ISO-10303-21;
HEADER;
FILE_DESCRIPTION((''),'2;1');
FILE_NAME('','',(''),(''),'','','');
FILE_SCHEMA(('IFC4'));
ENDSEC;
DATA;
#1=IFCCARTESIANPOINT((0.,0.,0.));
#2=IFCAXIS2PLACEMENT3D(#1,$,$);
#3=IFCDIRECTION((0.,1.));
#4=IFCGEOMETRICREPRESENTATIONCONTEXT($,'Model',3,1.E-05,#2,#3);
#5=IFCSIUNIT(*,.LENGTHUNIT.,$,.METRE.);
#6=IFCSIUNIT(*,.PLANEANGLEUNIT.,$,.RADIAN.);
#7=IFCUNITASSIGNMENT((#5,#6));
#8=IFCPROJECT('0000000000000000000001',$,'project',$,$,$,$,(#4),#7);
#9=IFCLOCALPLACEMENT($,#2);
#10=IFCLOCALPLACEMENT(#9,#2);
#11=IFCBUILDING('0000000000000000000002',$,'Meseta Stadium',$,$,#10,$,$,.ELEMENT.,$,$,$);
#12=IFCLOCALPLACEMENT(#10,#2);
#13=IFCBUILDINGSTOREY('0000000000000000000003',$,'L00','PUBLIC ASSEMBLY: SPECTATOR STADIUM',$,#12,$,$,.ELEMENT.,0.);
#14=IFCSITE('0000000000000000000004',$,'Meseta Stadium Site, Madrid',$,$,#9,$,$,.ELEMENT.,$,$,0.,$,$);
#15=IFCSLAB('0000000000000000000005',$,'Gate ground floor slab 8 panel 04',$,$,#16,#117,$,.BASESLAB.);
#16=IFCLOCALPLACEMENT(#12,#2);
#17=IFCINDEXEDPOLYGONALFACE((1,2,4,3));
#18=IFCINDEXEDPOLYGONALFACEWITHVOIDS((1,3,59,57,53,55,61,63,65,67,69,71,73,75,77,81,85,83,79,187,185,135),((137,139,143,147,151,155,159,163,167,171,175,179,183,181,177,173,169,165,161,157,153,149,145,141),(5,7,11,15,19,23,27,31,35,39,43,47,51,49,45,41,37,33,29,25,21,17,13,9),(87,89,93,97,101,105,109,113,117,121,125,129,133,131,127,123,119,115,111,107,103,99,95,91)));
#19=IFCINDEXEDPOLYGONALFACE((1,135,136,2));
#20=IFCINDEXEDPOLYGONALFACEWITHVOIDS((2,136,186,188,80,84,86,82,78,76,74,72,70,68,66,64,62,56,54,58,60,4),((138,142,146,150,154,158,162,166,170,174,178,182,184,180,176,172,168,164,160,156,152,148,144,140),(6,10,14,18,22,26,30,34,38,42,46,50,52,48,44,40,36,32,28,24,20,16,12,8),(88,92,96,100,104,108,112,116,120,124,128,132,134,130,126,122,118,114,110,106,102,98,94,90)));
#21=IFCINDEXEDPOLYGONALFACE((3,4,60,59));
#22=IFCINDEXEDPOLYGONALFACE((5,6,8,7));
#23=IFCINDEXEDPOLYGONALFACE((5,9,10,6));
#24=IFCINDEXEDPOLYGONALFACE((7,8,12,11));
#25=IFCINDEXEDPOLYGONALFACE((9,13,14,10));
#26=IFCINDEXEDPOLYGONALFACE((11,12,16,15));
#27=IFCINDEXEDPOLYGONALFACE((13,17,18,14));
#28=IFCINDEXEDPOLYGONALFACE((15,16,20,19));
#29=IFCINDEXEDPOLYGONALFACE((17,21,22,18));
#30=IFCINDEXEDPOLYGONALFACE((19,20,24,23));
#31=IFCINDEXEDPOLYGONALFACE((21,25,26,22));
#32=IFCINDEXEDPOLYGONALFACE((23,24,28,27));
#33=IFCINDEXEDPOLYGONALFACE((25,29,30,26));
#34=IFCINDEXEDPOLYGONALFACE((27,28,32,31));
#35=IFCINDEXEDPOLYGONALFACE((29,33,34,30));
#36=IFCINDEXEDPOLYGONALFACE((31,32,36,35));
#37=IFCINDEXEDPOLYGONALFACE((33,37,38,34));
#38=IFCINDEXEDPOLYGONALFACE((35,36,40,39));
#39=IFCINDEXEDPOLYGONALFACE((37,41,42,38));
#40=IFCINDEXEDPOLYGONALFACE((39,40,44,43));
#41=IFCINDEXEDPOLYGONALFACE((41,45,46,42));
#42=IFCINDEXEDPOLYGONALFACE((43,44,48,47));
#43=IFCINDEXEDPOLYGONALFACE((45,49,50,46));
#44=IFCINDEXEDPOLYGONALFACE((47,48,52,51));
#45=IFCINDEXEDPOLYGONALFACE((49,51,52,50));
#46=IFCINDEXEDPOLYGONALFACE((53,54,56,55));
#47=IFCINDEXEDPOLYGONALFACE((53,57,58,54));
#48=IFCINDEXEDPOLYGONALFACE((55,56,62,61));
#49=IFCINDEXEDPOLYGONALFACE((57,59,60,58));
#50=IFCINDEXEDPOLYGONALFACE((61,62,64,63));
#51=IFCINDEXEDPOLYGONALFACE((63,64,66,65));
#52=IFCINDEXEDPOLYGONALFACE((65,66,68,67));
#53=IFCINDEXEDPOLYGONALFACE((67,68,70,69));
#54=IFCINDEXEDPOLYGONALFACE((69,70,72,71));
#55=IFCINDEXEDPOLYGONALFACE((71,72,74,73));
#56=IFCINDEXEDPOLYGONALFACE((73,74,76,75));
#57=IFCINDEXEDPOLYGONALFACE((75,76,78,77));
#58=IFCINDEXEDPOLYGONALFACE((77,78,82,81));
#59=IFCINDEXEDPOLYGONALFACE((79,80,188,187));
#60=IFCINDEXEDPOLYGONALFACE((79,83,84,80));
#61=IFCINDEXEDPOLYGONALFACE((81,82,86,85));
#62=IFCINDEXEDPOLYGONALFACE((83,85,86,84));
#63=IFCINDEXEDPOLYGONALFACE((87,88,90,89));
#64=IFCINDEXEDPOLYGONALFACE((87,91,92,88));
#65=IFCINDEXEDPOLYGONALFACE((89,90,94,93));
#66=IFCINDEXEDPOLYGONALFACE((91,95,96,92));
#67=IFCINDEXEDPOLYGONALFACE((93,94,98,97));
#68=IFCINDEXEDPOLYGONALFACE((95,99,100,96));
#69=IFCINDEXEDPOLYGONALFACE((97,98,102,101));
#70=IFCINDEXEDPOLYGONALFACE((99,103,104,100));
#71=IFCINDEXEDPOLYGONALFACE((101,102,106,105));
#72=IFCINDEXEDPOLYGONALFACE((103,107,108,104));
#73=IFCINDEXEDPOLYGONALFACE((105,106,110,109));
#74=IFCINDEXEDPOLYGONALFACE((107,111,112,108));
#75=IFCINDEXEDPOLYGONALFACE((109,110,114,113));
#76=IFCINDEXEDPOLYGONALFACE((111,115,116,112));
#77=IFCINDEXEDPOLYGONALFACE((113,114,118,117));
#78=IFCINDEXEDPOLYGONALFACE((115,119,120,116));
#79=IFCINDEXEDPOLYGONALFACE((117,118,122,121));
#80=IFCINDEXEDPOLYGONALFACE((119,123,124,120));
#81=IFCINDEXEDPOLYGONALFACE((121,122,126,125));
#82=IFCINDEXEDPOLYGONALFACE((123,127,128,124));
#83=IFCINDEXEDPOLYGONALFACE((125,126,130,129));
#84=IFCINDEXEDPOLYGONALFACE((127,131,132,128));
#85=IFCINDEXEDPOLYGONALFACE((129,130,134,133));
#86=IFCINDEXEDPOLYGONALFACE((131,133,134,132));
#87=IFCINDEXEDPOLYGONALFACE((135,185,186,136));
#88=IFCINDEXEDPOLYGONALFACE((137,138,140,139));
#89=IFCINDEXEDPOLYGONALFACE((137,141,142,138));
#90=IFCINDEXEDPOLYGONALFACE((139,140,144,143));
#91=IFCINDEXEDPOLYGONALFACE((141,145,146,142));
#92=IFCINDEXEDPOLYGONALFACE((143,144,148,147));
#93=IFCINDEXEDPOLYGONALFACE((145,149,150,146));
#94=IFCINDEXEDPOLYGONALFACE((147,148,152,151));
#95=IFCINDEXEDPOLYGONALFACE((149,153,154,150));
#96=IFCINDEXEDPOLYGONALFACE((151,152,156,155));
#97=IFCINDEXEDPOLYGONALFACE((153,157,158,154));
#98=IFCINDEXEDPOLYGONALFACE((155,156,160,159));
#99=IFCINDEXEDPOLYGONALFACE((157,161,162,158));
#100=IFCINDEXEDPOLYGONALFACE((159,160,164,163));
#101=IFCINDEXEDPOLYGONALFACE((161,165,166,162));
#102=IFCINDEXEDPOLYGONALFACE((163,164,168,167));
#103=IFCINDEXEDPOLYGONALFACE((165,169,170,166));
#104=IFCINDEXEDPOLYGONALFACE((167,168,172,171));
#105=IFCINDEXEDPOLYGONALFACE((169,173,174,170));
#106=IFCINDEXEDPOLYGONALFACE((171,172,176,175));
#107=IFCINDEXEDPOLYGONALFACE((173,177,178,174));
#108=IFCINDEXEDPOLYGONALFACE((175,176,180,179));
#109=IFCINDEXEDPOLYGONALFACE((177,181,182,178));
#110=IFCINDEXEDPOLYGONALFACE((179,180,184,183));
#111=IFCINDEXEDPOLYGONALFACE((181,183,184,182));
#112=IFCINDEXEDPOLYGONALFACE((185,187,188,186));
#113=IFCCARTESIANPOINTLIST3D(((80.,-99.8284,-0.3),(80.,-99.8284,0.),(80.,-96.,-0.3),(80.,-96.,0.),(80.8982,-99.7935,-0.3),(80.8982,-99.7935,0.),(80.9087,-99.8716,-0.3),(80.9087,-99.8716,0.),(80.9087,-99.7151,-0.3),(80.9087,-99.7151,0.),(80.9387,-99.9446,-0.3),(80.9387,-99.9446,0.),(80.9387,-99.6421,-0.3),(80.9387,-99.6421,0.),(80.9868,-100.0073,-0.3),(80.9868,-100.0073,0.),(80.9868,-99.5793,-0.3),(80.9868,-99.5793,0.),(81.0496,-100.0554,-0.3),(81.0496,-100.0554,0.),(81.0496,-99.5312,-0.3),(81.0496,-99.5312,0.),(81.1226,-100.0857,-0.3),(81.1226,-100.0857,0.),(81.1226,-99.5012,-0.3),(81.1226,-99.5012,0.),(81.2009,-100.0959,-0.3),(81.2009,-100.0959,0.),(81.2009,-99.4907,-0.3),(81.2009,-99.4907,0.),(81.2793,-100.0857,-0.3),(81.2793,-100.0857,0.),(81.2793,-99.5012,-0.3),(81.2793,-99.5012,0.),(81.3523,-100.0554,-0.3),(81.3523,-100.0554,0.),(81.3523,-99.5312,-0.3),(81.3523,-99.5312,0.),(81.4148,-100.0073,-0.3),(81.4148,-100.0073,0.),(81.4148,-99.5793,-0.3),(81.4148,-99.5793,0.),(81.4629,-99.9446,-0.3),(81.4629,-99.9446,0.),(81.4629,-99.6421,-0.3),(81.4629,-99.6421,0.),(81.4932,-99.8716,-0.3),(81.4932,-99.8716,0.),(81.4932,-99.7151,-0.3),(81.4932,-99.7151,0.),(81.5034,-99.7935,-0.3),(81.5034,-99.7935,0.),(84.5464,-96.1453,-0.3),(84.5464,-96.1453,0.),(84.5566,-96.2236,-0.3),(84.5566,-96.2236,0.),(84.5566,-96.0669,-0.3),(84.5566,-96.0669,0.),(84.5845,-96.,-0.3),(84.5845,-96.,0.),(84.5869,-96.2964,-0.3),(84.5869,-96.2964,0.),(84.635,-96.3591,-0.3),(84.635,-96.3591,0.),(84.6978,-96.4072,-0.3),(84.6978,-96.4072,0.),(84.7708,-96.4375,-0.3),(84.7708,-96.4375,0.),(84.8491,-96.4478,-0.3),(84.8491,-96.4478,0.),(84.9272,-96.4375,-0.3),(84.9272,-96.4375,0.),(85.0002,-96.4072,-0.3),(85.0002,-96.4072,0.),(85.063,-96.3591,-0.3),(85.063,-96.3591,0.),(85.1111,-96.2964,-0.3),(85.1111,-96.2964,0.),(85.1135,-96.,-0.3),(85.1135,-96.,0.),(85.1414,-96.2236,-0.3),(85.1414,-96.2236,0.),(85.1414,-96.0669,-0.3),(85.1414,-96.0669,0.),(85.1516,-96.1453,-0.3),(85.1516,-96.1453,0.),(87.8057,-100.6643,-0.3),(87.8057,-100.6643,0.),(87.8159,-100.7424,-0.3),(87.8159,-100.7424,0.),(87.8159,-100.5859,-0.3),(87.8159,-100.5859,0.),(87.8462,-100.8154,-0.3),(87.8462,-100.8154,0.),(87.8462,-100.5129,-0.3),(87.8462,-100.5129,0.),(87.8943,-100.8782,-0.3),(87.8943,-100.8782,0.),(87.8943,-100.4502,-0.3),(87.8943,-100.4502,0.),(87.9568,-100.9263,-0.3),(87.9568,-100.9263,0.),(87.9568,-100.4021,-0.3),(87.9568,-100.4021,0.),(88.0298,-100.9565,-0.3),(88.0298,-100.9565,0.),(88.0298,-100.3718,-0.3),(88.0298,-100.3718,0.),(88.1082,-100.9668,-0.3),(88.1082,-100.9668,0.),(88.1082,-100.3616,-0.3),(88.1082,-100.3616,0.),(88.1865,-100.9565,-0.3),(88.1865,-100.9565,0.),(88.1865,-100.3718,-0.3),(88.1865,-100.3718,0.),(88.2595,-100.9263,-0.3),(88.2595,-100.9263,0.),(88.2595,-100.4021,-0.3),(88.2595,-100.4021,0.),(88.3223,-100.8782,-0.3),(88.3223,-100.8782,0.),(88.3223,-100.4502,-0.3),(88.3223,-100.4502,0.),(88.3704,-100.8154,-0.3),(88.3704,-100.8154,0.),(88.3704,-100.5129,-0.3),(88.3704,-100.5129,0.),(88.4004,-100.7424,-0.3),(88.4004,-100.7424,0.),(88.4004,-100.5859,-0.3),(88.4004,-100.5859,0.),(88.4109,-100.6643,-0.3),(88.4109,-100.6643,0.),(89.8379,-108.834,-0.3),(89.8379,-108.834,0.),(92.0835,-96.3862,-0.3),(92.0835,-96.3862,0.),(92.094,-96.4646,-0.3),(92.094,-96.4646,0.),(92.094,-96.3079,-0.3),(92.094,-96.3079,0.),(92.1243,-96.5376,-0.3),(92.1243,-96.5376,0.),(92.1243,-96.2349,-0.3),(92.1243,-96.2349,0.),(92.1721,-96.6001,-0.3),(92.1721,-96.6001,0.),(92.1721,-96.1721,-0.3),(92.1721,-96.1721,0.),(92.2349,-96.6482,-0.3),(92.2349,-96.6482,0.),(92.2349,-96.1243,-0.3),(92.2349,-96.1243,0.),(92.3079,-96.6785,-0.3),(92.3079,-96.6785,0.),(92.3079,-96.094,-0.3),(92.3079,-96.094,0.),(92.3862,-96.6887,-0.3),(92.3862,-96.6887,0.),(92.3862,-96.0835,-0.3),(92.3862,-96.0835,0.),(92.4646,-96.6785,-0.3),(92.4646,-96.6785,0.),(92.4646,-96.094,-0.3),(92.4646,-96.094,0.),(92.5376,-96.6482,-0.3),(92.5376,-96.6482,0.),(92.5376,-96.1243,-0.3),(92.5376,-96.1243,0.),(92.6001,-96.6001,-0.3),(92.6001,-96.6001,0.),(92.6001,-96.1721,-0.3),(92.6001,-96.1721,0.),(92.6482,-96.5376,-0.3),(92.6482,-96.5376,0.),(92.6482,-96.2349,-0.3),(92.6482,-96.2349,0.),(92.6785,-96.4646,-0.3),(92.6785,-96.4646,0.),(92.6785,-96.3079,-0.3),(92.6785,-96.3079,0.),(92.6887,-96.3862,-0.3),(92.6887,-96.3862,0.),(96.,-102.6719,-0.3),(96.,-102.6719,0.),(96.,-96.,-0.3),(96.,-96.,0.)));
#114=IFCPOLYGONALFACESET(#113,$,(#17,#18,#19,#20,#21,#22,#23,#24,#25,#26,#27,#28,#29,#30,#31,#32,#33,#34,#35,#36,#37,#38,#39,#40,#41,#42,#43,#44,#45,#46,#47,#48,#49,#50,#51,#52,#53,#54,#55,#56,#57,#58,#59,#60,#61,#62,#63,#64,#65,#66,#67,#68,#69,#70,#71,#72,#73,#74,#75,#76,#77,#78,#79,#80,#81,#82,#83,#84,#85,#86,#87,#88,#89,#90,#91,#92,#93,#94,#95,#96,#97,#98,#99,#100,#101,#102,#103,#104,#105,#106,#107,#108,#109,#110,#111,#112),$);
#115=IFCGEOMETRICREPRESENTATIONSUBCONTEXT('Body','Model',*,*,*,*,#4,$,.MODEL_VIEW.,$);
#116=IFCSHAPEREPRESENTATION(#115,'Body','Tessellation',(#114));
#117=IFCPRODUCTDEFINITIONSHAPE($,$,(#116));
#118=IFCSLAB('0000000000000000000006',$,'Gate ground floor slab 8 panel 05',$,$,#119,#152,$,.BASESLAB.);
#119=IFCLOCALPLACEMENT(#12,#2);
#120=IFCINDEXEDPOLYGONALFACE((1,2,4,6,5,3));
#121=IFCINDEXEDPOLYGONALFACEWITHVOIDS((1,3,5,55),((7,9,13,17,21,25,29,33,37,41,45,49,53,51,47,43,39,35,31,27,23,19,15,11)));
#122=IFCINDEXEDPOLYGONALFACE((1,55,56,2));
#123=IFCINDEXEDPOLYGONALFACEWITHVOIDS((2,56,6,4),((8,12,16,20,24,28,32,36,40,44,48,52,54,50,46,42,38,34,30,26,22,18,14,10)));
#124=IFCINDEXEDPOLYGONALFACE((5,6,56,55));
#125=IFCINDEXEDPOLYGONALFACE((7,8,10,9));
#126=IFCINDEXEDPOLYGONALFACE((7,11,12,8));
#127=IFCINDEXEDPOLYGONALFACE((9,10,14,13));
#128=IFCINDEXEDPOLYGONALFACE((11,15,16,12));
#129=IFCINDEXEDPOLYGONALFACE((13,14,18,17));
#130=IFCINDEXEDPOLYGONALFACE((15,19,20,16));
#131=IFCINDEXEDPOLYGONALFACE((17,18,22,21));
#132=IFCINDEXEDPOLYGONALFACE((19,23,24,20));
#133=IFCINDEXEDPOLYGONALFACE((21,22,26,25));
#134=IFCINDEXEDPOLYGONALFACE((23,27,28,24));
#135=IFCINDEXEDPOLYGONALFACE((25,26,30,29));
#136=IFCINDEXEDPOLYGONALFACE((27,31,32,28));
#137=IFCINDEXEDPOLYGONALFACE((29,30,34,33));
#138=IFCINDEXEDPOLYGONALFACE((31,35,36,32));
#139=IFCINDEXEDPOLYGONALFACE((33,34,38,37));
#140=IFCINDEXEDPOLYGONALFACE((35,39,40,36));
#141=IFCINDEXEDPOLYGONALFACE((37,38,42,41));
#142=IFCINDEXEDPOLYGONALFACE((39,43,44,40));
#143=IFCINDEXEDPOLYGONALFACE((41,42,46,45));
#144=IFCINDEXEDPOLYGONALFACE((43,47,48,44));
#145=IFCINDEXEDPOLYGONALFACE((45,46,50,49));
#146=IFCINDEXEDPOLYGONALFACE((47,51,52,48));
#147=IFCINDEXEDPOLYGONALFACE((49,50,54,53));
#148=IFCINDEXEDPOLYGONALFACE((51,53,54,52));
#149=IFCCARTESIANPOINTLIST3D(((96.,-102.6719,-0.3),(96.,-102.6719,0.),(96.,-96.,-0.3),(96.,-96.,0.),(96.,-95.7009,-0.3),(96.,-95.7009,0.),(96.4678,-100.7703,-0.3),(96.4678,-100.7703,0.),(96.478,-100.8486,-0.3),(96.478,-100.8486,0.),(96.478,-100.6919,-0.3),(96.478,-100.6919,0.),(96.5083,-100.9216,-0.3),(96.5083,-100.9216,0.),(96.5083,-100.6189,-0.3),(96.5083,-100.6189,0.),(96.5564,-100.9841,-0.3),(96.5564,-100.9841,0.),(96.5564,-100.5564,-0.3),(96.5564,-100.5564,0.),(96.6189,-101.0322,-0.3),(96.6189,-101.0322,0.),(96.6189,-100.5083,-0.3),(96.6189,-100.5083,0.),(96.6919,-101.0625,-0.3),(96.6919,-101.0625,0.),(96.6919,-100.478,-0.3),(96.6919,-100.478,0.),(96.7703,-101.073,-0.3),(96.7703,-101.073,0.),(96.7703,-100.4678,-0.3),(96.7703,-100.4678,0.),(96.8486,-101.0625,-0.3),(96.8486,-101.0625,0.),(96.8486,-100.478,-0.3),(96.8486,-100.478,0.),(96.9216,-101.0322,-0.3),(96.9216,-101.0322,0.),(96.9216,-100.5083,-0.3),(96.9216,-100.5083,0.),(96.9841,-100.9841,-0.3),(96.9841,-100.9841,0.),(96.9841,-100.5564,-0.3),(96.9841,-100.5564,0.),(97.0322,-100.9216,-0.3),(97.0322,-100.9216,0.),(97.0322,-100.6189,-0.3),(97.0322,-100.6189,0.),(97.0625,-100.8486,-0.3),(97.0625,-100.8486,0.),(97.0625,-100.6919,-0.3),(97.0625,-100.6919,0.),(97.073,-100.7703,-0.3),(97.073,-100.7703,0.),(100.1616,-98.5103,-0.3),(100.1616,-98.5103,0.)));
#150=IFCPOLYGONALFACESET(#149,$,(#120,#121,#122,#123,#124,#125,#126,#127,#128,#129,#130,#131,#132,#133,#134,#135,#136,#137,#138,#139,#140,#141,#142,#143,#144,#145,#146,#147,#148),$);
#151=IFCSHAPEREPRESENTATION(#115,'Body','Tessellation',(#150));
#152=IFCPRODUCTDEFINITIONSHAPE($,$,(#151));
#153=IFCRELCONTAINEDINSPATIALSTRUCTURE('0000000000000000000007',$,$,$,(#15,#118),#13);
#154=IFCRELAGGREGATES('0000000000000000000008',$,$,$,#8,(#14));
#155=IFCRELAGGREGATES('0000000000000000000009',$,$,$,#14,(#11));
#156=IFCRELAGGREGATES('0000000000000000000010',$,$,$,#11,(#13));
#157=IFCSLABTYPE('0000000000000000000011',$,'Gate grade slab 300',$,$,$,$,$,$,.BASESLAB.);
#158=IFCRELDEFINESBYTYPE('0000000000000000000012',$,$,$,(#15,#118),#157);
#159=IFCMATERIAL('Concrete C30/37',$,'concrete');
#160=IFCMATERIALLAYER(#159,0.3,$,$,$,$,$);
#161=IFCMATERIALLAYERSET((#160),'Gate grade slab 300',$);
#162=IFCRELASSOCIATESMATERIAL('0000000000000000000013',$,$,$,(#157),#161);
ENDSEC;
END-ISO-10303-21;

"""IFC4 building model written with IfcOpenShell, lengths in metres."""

from ifc_helpers import new_model, si_unit, direction, frame, origin, place, context, subcontext, project, spatial, polyline, outline, extrude, material, layer, layer_set, type_object, element, save


model = new_model("IFC4")

# Units and contexts
model_context = context("Model", 3, precision=1e-05, world=origin(), true_north=direction((0.0, 1.0)))
body_context = subcontext(model_context, "Body", "Model", "MODEL_VIEW")
ifc_project = project(units=[si_unit("LENGTHUNIT", "METRE"), si_unit("PLANEANGLEUNIT", "RADIAN")], contexts=[model_context])

# Site, building, storey
site_placement = place(None, origin())
site = spatial("IfcSite", under=ifc_project, at=site_placement, Name="Meseta Stadium Site, Madrid", CompositionType="ELEMENT", RefElevation=0.0)
building_placement = place(site_placement, origin())
building = spatial("IfcBuilding", under=site, at=building_placement, Name="Meseta Stadium", CompositionType="ELEMENT")
storey_placement = place(building_placement, origin())
storey = spatial("IfcBuildingStorey", under=building, at=storey_placement, Name="L00", Description="PUBLIC ASSEMBLY: SPECTATOR STADIUM", CompositionType="ELEMENT", Elevation=0.0)

# Slabs
ifc_material_1 = material(Name="Concrete C30/37", Category="concrete")
ifc_layer_1 = layer(ifc_material_1, 0.3)
ifc_layer_set_1 = layer_set([ifc_layer_1], Name="Gate grade slab 300")
slab_type_1 = type_object("IfcSlabType", Name="Gate grade slab 300", PredefinedType="BASESLAB", material=ifc_layer_set_1)
slab_1_placement = place(storey_placement, frame((0.0, 0.0, -0.3)))
element("IfcSlab", 1, at=slab_1_placement, inside=storey, type_object=slab_type_1, Name="Gate ground floor slab 8 panel 04", PredefinedType="BASESLAB", context=body_context, shape_type="SweptSolid", body=[
    extrude(outline(polyline([(80.0, -99.8284), (89.8379, -108.834), (96.0, -102.6719), (96.0, -96.0), (85.1135, -96.0), (85.1414, -96.0669), (85.1516, -96.1453), (85.1414, -96.2236), (85.1111, -96.2964), (85.063, -96.3591), (85.0002, -96.4072), (84.9272, -96.4375), (84.8491, -96.4478), (84.7708, -96.4375), (84.6978, -96.4072), (84.635, -96.3591), (84.5869, -96.2964), (84.5566, -96.2236), (84.5464, -96.1453), (84.5566, -96.0669), (84.5845, -96.0), (80.0, -96.0), (80.0, -99.8284)]), holes=[polyline([(88.3223, -100.8782), (88.2595, -100.9263), (88.1865, -100.9565), (88.1082, -100.9668), (88.0298, -100.9565), (87.9568, -100.9263), (87.8943, -100.8782), (87.8462, -100.8154), (87.8159, -100.7424), (87.8057, -100.6643), (87.8159, -100.5859), (87.8462, -100.5129), (87.8943, -100.4502), (87.9568, -100.4021), (88.0298, -100.3718), (88.1082, -100.3616), (88.1865, -100.3718), (88.2595, -100.4021), (88.3223, -100.4502), (88.3704, -100.5129), (88.4004, -100.5859), (88.4109, -100.6643), (88.4004, -100.7424), (88.3704, -100.8154), (88.3223, -100.8782)]), polyline([(81.4629, -99.9446), (81.4148, -100.0073), (81.3523, -100.0554), (81.2793, -100.0857), (81.2009, -100.0959), (81.1226, -100.0857), (81.0496, -100.0554), (80.9868, -100.0073), (80.9387, -99.9446), (80.9087, -99.8716), (80.8982, -99.7935), (80.9087, -99.7151), (80.9387, -99.6421), (80.9868, -99.5793), (81.0496, -99.5312), (81.1226, -99.5012), (81.2009, -99.4907), (81.2793, -99.5012), (81.3523, -99.5312), (81.4148, -99.5793), (81.4629, -99.6421), (81.4932, -99.7151), (81.5034, -99.7935), (81.4932, -99.8716), (81.4629, -99.9446)]), polyline([(92.6001, -96.6001), (92.5376, -96.6482), (92.4646, -96.6785), (92.3862, -96.6887), (92.3079, -96.6785), (92.2349, -96.6482), (92.1721, -96.6001), (92.1243, -96.5376), (92.094, -96.4646), (92.0835, -96.3862), (92.094, -96.3079), (92.1243, -96.2349), (92.1721, -96.1721), (92.2349, -96.1243), (92.3079, -96.094), (92.3862, -96.0835), (92.4646, -96.094), (92.5376, -96.1243), (92.6001, -96.1721), (92.6482, -96.2349), (92.6785, -96.3079), (92.6887, -96.3862), (92.6785, -96.4646), (92.6482, -96.5376), (92.6001, -96.6001)])]), origin(), (0.0, 0.0, 1.0), 0.3),
])
slab_2_placement = place(storey_placement, frame((0.0, 0.0, -0.3)))
element("IfcSlab", 2, at=slab_2_placement, inside=storey, type_object=slab_type_1, Name="Gate ground floor slab 8 panel 05", PredefinedType="BASESLAB", context=body_context, shape_type="SweptSolid", body=[
    extrude(outline(polyline([(100.1616, -98.5103), (96.0, -95.7009), (96.0, -96.0), (96.0, -102.6719), (100.1616, -98.5103)]), holes=[polyline([(97.0625, -100.8486), (97.0322, -100.9216), (96.9841, -100.9841), (96.9216, -101.0322), (96.8486, -101.0625), (96.7703, -101.073), (96.6919, -101.0625), (96.6189, -101.0322), (96.5564, -100.9841), (96.5083, -100.9216), (96.478, -100.8486), (96.4678, -100.7703), (96.478, -100.6919), (96.5083, -100.6189), (96.5564, -100.5564), (96.6189, -100.5083), (96.6919, -100.478), (96.7703, -100.4678), (96.8486, -100.478), (96.9216, -100.5083), (96.9841, -100.5564), (97.0322, -100.6189), (97.0625, -100.6919), (97.073, -100.7703), (97.0625, -100.8486)])]), origin(), (0.0, 0.0, 1.0), 0.3),
])

save(model, "model.ifc")
